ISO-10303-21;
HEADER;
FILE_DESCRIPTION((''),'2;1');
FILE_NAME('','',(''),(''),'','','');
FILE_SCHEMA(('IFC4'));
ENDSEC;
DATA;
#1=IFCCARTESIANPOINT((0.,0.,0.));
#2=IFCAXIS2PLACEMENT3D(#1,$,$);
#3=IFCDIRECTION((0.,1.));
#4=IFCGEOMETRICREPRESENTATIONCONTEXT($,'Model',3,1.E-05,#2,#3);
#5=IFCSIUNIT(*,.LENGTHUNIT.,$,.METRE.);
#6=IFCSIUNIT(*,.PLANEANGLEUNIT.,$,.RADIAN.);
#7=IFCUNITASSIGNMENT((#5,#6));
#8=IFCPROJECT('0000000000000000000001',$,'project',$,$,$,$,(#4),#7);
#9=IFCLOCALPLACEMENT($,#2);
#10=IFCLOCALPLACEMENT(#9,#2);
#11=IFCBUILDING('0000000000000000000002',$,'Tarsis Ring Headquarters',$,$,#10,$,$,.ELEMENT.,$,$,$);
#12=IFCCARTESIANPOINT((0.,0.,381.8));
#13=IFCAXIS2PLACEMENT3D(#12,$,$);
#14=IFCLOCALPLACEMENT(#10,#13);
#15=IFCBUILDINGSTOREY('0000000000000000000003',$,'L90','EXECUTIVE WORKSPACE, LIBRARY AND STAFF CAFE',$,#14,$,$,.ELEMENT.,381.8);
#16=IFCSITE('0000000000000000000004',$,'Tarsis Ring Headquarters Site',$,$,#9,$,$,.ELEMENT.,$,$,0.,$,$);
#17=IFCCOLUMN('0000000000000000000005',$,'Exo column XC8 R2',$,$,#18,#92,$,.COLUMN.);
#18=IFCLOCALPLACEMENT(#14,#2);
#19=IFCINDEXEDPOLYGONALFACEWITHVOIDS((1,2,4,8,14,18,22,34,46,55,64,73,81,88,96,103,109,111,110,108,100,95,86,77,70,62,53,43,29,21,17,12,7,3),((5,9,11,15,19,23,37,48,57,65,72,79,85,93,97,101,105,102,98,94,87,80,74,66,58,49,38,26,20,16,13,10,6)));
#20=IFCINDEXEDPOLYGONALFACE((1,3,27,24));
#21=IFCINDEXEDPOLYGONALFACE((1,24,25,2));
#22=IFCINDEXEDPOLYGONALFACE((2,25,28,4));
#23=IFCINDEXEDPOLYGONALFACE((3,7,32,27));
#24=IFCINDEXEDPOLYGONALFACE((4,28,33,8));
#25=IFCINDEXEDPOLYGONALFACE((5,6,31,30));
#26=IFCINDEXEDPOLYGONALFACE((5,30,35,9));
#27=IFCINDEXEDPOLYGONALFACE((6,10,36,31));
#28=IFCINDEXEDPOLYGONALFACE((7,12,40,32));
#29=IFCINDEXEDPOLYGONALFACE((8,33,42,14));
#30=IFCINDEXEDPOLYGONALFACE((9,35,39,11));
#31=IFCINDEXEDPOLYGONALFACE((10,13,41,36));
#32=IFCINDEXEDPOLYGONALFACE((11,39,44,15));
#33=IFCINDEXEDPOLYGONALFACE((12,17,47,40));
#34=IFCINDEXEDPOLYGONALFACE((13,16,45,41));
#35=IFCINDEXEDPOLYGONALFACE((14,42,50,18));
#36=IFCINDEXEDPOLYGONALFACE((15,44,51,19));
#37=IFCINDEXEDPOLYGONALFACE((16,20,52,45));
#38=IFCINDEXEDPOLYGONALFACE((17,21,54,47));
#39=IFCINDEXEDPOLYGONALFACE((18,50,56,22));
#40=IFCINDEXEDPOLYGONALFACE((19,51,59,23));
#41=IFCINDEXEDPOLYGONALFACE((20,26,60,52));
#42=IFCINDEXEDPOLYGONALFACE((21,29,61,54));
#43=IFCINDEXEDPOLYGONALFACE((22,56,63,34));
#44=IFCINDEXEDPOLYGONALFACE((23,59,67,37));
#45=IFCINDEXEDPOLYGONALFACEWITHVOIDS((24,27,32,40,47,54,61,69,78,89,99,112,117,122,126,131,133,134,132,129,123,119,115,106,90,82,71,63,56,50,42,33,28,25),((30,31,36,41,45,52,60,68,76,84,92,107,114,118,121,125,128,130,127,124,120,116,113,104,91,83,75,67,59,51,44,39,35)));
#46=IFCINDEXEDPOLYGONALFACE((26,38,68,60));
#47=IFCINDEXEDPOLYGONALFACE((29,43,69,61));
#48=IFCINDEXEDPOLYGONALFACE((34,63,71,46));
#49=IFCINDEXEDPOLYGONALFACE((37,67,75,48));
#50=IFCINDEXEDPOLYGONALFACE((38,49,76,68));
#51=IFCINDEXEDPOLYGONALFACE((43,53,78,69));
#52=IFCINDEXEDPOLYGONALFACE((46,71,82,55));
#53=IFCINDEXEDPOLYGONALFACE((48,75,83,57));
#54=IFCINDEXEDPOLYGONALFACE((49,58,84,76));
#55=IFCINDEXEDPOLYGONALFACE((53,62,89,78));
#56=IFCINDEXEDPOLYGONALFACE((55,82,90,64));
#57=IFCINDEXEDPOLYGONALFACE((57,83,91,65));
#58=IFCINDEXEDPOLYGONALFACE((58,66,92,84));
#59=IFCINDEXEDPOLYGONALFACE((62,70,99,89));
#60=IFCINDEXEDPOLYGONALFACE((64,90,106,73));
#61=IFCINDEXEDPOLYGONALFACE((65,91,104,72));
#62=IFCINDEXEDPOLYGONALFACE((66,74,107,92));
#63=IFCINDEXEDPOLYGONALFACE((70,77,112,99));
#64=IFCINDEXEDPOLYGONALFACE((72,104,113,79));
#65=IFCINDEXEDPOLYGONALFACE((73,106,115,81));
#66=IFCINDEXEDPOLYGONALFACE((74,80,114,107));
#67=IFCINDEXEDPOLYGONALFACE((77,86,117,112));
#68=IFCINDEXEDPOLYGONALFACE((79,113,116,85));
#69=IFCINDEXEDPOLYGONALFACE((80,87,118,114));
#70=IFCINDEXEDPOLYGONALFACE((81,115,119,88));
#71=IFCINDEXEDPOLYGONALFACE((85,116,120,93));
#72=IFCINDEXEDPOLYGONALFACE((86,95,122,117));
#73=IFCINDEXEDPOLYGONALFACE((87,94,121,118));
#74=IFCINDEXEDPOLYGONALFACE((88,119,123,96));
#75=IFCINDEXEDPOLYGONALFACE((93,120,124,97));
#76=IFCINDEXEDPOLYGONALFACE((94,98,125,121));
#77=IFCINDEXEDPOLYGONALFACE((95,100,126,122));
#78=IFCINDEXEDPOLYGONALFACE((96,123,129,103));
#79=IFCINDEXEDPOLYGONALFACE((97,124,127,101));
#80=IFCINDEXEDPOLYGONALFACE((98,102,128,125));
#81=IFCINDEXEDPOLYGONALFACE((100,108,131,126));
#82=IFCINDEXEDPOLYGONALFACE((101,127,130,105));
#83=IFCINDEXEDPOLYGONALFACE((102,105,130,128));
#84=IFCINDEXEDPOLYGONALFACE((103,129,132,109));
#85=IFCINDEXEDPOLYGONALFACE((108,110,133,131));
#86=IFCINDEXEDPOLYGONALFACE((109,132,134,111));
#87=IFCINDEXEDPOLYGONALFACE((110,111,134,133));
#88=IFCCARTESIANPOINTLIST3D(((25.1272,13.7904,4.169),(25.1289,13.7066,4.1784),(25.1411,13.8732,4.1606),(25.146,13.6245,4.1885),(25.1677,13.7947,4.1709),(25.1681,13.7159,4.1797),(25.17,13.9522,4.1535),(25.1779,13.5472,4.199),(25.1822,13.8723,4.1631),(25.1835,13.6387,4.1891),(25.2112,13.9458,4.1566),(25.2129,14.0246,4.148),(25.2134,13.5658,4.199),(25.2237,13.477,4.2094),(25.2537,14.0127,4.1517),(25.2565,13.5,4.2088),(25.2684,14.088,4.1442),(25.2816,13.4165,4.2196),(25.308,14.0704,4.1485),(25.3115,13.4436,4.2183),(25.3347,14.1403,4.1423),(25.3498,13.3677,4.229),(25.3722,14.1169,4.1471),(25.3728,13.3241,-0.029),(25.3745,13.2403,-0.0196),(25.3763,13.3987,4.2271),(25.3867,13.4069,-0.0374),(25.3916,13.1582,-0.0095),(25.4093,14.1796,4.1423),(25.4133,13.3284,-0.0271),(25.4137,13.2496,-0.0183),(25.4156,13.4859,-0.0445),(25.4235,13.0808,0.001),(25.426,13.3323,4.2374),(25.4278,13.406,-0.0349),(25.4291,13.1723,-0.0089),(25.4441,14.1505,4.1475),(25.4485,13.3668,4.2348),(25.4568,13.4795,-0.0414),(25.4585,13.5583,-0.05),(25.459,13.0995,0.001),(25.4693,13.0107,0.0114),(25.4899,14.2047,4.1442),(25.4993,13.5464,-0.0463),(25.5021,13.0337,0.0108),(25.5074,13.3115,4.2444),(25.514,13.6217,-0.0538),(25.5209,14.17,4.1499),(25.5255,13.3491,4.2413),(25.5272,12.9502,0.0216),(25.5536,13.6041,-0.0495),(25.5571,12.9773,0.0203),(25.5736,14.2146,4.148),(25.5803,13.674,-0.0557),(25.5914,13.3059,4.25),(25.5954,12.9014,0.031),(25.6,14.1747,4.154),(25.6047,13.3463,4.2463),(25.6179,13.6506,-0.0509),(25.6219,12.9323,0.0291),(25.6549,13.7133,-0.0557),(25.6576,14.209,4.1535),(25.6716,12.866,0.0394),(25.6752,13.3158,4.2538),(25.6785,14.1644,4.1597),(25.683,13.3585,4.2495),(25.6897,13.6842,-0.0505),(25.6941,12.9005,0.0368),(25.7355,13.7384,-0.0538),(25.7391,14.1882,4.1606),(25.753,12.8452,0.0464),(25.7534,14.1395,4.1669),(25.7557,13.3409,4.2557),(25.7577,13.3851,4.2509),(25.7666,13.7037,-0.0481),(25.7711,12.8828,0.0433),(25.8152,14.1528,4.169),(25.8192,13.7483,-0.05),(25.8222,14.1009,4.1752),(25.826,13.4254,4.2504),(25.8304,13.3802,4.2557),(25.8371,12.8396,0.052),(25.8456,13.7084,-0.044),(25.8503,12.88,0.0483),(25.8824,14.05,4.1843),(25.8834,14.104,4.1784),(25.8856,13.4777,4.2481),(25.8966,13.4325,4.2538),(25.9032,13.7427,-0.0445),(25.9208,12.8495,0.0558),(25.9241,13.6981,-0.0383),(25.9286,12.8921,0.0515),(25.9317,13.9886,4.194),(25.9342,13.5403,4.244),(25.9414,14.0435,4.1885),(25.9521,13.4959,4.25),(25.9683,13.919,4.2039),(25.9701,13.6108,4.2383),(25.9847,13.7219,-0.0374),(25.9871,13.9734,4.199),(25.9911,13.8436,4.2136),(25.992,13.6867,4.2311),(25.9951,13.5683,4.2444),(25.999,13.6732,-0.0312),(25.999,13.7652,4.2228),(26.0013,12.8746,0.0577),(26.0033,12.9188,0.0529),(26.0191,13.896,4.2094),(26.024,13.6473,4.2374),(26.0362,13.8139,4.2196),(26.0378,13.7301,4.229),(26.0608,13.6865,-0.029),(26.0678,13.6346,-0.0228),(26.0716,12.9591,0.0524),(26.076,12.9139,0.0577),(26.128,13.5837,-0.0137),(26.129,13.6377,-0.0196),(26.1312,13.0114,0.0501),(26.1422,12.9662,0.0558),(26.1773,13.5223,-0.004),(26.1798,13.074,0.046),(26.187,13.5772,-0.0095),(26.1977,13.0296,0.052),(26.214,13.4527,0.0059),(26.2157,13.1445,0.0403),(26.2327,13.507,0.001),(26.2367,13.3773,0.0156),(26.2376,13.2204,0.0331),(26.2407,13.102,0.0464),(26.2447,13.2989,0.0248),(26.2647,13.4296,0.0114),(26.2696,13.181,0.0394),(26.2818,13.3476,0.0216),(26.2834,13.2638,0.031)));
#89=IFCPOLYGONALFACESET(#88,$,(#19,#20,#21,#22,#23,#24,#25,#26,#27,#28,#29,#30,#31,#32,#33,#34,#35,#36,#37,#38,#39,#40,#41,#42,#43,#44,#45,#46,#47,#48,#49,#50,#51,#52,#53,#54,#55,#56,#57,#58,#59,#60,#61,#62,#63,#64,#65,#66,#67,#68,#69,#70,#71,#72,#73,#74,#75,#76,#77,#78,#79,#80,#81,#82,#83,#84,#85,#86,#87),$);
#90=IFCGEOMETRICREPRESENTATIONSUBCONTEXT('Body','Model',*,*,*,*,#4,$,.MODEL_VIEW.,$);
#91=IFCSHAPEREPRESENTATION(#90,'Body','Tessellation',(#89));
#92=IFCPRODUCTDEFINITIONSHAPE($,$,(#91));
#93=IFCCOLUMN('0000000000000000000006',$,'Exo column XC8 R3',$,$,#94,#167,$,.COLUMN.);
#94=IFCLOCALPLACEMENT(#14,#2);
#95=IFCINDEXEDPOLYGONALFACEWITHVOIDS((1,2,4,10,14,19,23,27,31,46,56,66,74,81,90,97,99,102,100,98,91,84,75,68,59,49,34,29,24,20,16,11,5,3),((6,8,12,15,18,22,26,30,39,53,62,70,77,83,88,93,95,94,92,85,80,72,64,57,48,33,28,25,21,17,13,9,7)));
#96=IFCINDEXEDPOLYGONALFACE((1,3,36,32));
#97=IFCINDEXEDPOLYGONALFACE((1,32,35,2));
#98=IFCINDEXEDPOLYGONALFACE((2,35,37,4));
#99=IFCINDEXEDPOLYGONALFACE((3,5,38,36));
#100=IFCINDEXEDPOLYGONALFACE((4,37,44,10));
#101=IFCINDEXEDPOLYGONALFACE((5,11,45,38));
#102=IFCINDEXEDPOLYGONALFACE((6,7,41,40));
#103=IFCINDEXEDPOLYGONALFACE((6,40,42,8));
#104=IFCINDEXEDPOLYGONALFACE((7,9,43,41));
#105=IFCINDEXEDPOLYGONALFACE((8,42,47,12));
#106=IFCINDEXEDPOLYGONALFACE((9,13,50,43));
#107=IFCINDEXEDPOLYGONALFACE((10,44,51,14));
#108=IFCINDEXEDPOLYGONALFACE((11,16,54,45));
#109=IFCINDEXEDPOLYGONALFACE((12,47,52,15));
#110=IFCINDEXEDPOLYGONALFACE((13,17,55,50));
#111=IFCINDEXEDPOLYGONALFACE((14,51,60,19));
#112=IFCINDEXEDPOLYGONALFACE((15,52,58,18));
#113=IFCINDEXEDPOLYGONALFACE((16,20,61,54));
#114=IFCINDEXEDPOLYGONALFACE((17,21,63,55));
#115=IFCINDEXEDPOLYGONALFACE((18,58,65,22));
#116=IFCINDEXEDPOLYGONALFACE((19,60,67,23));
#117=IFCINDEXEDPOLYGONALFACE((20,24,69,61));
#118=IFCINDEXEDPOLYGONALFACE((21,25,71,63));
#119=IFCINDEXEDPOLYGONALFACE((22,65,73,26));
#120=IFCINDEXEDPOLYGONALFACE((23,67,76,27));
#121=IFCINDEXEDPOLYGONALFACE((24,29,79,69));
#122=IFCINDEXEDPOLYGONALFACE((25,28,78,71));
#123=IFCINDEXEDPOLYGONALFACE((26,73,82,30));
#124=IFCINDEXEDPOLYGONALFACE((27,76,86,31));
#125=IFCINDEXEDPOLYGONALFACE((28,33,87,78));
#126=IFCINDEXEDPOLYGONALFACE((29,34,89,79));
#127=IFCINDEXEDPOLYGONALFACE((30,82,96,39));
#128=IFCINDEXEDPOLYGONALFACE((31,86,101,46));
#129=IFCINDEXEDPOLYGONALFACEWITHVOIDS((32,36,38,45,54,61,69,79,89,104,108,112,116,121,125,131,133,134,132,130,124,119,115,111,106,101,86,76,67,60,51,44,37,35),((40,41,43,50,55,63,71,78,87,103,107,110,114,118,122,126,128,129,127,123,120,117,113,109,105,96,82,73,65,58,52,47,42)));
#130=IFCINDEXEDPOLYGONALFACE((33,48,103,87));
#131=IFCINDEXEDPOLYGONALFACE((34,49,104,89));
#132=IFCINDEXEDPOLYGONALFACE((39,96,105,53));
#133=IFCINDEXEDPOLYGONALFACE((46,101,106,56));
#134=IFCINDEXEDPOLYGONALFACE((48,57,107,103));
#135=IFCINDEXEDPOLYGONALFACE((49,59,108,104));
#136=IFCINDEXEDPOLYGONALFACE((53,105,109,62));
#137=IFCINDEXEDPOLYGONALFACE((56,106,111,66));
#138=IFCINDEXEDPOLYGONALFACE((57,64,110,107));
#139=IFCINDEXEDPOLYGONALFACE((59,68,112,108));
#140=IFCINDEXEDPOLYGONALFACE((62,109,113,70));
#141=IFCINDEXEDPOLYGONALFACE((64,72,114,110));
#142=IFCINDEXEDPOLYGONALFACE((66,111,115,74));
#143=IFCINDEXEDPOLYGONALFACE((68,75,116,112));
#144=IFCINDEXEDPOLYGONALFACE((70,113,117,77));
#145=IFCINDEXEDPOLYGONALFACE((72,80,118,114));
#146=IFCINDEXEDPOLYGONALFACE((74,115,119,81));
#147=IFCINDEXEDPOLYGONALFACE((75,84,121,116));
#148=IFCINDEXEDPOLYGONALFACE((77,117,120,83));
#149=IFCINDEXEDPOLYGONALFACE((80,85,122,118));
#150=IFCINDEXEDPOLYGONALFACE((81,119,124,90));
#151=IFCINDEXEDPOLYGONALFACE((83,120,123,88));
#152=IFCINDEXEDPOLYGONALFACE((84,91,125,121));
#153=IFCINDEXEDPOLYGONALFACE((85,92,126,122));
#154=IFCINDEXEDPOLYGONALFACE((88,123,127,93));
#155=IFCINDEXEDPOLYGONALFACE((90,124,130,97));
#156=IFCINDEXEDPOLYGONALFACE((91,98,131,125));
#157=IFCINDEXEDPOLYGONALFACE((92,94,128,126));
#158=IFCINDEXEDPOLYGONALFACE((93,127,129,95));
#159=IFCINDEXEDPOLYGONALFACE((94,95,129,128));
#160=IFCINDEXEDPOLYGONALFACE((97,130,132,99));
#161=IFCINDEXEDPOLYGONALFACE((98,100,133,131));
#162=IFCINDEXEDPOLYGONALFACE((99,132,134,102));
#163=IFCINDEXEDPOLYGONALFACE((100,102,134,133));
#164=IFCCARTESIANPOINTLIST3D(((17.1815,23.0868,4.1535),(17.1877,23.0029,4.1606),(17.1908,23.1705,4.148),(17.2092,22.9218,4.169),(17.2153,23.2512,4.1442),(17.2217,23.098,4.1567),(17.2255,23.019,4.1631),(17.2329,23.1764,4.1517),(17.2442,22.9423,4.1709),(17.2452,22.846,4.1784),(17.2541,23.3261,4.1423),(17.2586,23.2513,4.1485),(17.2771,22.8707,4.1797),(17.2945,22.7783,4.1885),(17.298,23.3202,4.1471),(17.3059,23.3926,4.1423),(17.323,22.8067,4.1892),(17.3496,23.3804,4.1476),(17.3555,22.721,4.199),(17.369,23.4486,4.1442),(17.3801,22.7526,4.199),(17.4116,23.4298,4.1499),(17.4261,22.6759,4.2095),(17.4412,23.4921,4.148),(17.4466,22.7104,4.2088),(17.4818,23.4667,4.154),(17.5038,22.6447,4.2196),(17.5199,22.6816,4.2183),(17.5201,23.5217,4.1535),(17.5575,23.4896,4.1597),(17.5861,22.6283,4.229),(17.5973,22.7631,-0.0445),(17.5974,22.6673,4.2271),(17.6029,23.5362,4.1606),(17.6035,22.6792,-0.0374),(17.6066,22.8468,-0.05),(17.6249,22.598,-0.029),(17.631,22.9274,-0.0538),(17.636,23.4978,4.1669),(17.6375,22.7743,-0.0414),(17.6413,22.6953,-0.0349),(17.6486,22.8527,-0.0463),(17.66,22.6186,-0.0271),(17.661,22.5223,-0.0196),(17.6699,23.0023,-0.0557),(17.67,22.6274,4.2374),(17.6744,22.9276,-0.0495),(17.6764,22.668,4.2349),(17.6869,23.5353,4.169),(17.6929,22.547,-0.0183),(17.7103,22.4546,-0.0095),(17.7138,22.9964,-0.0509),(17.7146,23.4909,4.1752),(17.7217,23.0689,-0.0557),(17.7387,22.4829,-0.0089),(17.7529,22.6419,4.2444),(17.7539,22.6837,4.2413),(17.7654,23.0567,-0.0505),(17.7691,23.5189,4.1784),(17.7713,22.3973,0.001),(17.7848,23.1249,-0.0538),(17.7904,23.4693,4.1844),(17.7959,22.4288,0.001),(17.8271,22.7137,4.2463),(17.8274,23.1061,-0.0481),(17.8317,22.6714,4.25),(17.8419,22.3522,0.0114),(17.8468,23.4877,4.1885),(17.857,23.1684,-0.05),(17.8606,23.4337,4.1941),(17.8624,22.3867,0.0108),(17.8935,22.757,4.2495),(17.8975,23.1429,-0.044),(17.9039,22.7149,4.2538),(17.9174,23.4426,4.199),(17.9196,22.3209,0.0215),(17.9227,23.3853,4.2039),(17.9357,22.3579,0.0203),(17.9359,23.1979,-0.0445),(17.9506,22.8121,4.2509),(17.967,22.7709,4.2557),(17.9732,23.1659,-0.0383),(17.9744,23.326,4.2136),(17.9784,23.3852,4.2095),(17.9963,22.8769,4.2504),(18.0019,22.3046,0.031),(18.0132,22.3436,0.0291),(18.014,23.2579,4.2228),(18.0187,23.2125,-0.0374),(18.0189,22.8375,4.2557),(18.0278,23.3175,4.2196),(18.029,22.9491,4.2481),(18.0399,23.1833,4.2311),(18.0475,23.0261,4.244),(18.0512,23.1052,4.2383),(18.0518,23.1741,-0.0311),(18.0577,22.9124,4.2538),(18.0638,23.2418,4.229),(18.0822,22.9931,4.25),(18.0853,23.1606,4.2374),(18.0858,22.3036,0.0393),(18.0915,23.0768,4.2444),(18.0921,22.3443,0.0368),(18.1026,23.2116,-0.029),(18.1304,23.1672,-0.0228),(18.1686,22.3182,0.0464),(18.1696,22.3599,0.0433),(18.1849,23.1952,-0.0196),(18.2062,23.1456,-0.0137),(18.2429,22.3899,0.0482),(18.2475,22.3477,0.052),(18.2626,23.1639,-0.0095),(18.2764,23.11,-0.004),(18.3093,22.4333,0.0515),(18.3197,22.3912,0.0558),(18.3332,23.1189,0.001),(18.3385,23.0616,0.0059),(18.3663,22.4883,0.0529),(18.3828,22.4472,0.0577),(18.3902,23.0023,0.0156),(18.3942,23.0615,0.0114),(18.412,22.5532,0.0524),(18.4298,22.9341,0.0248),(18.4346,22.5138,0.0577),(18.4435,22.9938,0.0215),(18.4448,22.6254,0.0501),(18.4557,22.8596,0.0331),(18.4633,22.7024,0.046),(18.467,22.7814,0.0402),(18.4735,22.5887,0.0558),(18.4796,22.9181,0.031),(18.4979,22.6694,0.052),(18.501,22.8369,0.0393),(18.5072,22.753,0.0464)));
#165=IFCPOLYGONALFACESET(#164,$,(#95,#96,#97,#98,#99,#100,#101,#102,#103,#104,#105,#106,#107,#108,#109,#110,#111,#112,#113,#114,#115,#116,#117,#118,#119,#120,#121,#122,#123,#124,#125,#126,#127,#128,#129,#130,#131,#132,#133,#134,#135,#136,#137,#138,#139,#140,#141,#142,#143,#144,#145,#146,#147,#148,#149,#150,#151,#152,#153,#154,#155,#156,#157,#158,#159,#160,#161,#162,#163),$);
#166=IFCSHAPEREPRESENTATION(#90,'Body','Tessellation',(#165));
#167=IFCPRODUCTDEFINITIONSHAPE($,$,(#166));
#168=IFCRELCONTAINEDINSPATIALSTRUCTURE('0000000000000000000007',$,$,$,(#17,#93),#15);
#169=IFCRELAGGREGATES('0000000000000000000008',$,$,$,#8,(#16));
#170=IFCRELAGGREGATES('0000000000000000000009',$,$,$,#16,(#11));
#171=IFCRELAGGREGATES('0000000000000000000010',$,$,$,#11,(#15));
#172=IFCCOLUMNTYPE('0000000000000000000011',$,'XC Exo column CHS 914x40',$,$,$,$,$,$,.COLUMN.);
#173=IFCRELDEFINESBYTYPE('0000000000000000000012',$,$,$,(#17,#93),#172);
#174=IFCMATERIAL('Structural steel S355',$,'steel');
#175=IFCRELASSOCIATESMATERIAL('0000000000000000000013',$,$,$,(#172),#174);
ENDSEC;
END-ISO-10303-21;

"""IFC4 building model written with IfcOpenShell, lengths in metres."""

from ifc_helpers import new_model, si_unit, direction, frame, origin, origin_2d, place, context, subcontext, project, spatial, hollow_circle, extrude, material, material_profile, profile_set, type_object, element, save


model = new_model("IFC4")

# Units and contexts
model_context = context("Model", 3, precision=1e-05, world=origin(), true_north=direction((0.0, 1.0)))
body_context = subcontext(model_context, "Body", "Model", "MODEL_VIEW")
ifc_project = project(units=[si_unit("LENGTHUNIT", "METRE"), si_unit("PLANEANGLEUNIT", "RADIAN")], contexts=[model_context])

# Site, building, storey
site_placement = place(None, origin())
site = spatial("IfcSite", under=ifc_project, at=site_placement, Name="Tarsis Ring Headquarters Site", CompositionType="ELEMENT", RefElevation=0.0)
building_placement = place(site_placement, origin())
building = spatial("IfcBuilding", under=site, at=building_placement, Name="Tarsis Ring Headquarters", CompositionType="ELEMENT")
storey_placement = place(building_placement, frame((0.0, 0.0, 381.8)))
storey = spatial("IfcBuildingStorey", under=building, at=storey_placement, Name="L90", Description="EXECUTIVE WORKSPACE, LIBRARY AND STAFF CAFE", CompositionType="ELEMENT", Elevation=381.8)

# Columns
ifc_material_1 = material(Name="Structural steel S355", Category="steel")
ifc_material_profile_1 = material_profile(ifc_material_1, hollow_circle(Radius=0.457, WallThickness=0.04, at=origin_2d()), Name="CHS 914x40")
ifc_profile_set_1 = profile_set([ifc_material_profile_1], Name="Structural steel S355")
column_type = type_object("IfcColumnType", Name="XC Exo column CHS 914x40", PredefinedType="COLUMN", material=ifc_profile_set_1)
for number, where, z_axis, x_axis, name in (
    (1, (25.8281, 13.2939, 0.001), (-0.05805, 0.110214, 0.992211), (-0.884778, -0.466014, 0.0), "Exo column XC8 R2"),
    (2, (18.0522, 22.7581, 0.001), (-0.098269, 0.076515, 0.992214), (-0.614358, -0.789028, 0.0), "Exo column XC8 R3"),
):
    element("IfcColumn", number, at=place(storey_placement, frame(where, z_axis=z_axis, x_axis=x_axis)), inside=storey, type_object=column_type, Name=name, PredefinedType="COLUMN", context=body_context, shape_type="SweptSolid", body=[
        extrude(hollow_circle(Radius=0.4573, WallThickness=0.04, at=origin_2d()), origin(), (0.0, 0.0, 1.0), 4.231),
    ])

save(model, "model.ifc")
